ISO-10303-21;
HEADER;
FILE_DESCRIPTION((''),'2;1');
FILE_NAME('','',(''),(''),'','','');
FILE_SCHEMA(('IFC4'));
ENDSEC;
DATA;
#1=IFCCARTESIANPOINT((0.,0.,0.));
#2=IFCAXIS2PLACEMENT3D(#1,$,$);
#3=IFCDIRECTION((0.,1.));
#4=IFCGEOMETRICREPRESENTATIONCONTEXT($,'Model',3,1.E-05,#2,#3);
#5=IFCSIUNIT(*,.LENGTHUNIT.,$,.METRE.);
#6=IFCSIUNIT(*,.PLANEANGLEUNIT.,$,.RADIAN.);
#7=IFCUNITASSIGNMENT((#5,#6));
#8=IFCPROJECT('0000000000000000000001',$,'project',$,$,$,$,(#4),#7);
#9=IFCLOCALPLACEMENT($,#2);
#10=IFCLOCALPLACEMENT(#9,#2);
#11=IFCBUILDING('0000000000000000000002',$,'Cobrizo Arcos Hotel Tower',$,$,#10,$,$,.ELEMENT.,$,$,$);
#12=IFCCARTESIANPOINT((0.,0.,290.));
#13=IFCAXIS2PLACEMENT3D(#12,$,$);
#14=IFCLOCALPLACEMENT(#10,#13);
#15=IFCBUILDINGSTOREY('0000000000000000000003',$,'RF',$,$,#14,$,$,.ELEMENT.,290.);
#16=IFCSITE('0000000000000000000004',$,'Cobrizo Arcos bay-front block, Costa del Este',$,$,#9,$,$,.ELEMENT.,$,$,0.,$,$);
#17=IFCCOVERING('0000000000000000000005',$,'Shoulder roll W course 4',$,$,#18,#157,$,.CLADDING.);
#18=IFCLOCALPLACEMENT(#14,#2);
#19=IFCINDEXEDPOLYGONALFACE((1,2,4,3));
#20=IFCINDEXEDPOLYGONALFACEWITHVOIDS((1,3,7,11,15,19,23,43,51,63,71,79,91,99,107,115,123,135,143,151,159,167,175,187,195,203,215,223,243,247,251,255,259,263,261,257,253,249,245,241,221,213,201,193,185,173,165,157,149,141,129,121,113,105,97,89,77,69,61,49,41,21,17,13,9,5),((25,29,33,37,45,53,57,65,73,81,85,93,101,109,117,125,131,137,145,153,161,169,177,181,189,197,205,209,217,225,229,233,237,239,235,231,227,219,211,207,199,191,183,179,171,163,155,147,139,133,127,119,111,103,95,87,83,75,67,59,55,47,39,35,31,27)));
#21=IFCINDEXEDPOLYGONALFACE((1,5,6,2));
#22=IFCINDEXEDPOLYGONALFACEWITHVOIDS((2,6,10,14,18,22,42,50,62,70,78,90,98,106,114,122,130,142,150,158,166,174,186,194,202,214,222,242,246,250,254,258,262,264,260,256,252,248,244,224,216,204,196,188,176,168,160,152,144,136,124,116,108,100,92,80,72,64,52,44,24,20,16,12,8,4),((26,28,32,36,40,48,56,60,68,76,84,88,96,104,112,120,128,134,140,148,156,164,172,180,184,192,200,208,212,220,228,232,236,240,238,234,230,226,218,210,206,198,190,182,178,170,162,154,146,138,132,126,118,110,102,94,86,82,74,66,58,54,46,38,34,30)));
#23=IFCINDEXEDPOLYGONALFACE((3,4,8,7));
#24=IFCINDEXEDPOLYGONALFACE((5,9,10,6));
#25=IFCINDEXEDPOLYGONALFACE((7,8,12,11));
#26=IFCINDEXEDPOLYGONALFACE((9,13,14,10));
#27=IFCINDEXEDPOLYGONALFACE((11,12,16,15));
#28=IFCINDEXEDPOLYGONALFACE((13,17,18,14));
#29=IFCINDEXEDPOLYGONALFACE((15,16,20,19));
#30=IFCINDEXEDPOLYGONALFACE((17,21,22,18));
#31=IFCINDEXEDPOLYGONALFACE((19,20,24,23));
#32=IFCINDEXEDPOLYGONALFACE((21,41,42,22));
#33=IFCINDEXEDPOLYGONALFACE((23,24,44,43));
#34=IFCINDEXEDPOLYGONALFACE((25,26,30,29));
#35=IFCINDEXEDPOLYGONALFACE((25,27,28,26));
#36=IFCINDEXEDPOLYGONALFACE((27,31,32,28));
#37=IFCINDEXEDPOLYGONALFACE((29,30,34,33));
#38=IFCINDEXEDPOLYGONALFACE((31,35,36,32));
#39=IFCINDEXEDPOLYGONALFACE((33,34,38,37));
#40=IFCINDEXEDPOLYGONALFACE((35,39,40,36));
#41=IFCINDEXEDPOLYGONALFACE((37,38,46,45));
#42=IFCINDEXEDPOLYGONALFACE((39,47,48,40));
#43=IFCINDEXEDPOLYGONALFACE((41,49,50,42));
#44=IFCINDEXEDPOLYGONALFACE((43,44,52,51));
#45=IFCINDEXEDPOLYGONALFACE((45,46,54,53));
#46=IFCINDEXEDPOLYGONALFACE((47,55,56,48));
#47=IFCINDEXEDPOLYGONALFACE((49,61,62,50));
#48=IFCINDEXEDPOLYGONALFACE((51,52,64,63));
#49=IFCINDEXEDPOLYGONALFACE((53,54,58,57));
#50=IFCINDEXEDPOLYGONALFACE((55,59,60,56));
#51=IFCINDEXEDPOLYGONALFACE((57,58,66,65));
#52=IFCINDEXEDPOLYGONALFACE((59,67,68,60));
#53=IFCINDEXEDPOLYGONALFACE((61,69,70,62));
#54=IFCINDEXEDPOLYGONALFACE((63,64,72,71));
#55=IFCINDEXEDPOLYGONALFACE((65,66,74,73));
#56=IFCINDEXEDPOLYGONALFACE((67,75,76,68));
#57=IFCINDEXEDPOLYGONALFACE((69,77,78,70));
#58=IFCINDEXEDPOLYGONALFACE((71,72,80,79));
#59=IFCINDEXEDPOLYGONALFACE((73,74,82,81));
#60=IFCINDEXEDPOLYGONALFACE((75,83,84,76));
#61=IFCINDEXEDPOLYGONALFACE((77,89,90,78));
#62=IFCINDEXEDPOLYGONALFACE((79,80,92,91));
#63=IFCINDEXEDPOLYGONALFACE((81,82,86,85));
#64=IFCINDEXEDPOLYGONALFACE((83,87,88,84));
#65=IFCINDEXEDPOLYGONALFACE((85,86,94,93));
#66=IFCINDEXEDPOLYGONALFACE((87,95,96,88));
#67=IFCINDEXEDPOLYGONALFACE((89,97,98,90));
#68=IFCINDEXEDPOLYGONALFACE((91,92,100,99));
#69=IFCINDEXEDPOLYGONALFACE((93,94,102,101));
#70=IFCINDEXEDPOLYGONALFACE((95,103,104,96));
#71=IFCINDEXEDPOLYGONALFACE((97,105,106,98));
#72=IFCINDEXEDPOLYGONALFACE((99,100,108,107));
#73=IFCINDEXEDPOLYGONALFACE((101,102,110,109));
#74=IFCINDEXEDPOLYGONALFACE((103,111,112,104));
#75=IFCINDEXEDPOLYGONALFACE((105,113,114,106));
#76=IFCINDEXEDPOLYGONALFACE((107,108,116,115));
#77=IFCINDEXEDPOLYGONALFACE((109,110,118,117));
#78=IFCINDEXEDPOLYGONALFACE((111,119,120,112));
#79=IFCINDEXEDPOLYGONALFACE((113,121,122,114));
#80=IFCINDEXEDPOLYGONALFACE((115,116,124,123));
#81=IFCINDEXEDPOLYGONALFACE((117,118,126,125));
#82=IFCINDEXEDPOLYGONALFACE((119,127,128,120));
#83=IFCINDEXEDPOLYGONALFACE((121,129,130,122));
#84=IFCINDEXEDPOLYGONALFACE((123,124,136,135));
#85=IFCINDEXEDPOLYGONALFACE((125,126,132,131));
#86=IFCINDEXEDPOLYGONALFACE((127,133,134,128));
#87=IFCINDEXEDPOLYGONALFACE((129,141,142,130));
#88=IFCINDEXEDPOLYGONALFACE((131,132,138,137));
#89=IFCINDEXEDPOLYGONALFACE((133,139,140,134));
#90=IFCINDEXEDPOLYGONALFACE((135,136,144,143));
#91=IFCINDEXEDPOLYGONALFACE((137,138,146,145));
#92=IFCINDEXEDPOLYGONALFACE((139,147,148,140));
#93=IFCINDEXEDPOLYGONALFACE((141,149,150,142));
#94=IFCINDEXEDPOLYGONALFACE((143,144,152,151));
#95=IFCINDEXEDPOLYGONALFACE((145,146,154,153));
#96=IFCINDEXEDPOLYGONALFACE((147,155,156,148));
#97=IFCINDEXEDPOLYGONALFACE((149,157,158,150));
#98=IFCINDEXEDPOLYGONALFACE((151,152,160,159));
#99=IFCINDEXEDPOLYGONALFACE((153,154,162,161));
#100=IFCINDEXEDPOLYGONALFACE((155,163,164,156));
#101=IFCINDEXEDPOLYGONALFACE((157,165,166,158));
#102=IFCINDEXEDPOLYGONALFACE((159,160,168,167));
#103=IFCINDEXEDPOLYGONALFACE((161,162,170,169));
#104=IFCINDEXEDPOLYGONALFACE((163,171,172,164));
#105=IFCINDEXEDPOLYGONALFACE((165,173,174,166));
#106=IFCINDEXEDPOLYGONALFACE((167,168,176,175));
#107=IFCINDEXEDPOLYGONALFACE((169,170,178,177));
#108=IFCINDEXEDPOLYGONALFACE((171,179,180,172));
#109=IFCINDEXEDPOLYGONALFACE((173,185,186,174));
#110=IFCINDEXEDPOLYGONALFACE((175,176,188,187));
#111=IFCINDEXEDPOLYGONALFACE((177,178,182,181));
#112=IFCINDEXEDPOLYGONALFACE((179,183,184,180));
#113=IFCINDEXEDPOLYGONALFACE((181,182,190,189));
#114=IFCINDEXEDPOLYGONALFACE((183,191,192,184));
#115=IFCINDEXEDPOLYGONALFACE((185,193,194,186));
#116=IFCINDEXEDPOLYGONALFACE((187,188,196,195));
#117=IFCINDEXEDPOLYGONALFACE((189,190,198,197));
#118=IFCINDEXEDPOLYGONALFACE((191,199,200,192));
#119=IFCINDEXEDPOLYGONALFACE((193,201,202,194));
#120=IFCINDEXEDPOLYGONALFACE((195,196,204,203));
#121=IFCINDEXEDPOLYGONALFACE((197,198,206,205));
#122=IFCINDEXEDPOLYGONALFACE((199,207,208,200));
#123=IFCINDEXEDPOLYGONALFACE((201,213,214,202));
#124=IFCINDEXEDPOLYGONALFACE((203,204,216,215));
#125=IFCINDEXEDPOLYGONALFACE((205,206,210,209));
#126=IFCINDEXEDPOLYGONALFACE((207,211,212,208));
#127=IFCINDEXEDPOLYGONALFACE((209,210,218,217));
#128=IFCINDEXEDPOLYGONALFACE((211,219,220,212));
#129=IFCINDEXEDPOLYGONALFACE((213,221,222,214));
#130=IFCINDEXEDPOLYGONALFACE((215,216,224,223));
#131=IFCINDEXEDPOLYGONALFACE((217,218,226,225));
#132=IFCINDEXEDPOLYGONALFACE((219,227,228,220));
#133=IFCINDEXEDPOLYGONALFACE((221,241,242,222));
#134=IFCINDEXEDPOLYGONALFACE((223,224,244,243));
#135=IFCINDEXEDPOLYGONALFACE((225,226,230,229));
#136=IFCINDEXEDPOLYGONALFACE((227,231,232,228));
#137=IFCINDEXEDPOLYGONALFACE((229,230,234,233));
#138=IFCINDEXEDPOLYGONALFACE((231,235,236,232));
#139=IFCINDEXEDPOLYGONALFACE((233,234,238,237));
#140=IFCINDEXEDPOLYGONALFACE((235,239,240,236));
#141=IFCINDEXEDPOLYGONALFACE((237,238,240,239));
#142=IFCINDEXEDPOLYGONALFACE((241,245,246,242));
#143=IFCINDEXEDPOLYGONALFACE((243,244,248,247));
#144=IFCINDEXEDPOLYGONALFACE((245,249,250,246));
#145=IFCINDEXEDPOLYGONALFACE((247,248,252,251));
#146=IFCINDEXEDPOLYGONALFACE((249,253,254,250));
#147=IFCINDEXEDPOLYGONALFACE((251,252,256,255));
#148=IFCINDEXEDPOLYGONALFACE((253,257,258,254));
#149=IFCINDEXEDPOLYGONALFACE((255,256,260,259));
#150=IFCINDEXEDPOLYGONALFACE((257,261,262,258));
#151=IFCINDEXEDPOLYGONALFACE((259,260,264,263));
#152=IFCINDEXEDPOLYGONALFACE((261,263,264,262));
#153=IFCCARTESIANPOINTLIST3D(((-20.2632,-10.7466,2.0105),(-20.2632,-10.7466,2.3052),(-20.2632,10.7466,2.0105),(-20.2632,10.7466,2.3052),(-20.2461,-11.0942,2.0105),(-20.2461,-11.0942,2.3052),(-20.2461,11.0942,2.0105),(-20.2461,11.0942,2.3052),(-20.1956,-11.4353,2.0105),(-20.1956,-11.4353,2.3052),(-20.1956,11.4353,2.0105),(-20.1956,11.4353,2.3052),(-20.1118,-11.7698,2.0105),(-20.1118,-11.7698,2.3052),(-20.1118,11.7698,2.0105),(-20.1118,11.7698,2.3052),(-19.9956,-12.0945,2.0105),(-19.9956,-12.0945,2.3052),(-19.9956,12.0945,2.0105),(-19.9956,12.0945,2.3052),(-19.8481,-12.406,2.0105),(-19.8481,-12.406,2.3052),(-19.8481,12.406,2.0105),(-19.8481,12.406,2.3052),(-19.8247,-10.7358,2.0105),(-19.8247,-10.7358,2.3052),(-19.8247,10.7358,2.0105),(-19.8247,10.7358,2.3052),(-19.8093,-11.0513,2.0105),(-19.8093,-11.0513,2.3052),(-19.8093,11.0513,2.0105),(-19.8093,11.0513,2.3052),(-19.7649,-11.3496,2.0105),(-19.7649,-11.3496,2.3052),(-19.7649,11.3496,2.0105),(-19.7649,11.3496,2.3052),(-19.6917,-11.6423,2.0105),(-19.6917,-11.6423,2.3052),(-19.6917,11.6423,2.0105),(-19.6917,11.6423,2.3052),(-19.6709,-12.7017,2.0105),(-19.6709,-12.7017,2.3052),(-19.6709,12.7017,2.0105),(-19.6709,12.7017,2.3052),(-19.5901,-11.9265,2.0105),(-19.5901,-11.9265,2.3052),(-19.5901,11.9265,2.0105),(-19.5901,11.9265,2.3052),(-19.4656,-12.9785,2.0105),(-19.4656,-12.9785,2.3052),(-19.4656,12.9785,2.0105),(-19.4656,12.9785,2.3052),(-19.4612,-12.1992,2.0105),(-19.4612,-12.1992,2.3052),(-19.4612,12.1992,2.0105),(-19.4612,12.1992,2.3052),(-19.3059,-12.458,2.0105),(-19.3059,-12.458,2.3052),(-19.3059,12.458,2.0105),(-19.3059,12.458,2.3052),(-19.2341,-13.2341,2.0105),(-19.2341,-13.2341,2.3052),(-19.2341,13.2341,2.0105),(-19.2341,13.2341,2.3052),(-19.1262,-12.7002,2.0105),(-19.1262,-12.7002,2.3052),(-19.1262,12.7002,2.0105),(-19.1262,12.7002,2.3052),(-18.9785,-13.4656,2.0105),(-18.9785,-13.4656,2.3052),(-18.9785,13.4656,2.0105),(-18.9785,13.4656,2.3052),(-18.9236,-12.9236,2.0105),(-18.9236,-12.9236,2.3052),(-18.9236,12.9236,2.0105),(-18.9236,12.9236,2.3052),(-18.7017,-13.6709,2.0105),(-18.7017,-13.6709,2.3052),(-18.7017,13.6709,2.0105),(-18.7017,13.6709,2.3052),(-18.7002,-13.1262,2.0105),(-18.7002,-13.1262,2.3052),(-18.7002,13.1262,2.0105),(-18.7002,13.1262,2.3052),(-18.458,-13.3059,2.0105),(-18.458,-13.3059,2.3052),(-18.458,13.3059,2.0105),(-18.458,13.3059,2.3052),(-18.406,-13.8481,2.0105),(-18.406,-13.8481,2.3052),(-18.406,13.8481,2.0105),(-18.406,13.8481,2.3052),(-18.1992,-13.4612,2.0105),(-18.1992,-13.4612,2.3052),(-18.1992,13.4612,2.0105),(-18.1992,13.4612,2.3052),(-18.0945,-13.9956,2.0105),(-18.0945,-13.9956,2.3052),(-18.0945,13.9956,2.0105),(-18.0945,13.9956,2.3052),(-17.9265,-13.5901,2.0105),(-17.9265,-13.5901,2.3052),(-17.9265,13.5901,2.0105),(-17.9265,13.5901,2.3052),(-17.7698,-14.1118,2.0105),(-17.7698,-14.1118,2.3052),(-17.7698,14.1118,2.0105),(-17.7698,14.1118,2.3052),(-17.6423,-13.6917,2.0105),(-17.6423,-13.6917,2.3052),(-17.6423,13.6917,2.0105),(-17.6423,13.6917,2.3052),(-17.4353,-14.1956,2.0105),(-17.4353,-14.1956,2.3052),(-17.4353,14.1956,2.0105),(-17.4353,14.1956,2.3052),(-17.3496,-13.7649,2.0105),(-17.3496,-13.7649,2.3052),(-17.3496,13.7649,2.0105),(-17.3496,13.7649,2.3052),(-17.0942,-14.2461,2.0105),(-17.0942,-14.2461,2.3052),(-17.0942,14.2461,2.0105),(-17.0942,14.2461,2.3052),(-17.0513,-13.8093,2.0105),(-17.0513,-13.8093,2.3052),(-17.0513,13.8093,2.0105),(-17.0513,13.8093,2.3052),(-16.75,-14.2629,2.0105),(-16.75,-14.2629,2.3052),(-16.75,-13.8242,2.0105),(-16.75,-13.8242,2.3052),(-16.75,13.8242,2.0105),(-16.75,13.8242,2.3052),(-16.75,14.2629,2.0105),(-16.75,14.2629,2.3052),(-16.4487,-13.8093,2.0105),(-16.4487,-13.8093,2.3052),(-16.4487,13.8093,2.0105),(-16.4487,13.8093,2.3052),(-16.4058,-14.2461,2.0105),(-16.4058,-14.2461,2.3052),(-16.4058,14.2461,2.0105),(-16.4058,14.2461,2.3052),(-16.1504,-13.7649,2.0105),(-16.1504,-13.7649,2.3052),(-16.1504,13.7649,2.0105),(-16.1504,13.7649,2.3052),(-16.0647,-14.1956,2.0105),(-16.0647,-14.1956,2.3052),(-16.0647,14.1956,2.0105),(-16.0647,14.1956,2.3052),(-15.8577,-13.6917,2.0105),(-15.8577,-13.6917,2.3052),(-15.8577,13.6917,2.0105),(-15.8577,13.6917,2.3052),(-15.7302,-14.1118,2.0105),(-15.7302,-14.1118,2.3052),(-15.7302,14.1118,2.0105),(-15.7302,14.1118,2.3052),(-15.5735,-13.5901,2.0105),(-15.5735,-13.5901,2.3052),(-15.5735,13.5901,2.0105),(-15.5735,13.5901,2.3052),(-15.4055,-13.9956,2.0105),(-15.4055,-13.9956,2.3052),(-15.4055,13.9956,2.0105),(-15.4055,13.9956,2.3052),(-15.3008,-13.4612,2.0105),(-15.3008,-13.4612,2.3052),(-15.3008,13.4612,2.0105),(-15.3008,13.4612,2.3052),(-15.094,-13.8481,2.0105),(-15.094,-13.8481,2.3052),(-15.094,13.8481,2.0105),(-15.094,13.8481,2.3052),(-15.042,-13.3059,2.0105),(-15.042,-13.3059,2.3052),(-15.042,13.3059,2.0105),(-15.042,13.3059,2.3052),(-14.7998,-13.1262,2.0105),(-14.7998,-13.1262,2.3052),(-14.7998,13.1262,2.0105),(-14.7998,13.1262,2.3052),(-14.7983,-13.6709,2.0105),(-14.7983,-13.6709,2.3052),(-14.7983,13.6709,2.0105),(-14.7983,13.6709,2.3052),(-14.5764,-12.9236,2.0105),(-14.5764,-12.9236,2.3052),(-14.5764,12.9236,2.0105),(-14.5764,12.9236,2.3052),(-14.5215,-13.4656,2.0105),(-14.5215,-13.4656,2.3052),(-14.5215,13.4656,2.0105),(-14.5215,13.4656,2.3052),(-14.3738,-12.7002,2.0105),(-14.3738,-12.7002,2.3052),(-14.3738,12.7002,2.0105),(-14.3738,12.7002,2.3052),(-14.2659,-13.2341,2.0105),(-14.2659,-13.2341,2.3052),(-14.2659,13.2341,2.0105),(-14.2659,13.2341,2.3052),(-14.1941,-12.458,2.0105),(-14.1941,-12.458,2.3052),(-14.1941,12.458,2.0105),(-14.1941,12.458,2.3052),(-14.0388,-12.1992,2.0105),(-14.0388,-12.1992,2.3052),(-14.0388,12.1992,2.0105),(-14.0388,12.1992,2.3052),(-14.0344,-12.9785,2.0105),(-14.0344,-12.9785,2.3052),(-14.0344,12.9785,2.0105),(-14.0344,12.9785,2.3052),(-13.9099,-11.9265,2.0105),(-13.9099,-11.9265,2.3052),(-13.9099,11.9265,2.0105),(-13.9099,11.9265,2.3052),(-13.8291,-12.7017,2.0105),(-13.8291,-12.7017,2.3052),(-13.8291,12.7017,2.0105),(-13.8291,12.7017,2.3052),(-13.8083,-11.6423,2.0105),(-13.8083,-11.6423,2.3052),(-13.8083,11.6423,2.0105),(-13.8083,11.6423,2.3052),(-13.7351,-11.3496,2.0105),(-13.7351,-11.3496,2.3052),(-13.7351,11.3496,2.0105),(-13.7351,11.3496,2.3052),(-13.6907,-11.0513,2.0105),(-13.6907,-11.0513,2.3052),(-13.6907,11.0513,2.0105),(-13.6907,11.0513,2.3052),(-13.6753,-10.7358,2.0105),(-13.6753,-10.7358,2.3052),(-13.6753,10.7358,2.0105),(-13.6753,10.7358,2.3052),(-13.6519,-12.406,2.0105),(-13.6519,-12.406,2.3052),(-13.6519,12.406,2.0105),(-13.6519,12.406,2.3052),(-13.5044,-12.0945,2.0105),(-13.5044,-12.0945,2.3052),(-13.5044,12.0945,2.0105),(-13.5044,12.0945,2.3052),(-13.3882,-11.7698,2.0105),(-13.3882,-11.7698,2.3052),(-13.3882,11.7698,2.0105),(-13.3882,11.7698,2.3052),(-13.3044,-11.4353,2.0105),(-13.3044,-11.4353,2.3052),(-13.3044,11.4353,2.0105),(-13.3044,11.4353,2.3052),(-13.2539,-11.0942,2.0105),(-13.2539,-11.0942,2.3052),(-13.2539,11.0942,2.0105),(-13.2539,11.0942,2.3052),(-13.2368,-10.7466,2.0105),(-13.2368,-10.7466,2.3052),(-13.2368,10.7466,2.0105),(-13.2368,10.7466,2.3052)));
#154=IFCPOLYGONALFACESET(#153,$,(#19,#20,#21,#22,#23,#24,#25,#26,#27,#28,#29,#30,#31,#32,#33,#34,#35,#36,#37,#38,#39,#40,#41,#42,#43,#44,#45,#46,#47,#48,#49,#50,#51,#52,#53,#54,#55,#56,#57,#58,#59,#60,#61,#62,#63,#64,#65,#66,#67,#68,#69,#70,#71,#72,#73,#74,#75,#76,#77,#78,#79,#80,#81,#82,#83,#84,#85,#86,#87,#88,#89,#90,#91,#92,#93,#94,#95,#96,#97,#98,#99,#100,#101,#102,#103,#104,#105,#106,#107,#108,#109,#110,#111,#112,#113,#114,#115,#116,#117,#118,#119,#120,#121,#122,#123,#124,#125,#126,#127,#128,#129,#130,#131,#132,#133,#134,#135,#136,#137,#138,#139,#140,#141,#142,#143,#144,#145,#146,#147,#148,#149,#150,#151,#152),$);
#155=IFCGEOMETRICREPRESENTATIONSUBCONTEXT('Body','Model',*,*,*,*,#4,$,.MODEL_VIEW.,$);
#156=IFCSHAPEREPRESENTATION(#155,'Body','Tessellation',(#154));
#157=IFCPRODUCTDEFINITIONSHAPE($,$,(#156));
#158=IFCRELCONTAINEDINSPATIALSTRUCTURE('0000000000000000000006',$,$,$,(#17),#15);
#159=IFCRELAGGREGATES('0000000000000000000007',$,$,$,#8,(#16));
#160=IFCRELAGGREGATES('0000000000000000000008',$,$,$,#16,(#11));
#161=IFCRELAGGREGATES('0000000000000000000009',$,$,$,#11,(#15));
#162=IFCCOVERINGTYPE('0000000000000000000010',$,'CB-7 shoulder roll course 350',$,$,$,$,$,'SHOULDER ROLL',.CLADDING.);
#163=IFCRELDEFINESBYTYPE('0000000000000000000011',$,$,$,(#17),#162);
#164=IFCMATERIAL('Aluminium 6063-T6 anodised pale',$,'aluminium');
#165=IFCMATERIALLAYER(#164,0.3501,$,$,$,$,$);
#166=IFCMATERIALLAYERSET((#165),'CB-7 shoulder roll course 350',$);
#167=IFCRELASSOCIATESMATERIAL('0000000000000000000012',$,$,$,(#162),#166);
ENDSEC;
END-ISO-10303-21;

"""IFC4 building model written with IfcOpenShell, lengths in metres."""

from ifc_helpers import new_model, si_unit, direction, frame, origin, place, context, subcontext, project, spatial, polyline, outline, extrude, material, layer, layer_set, type_object, element, save


model = new_model("IFC4")

# Units and contexts
model_context = context("Model", 3, precision=1e-05, world=origin(), true_north=direction((0.0, 1.0)))
body_context = subcontext(model_context, "Body", "Model", "MODEL_VIEW")
ifc_project = project(units=[si_unit("LENGTHUNIT", "METRE"), si_unit("PLANEANGLEUNIT", "RADIAN")], contexts=[model_context])

# Site, building, storey
site_placement = place(None, origin())
site = spatial("IfcSite", under=ifc_project, at=site_placement, Name="Cobrizo Arcos bay-front block, Costa del Este", CompositionType="ELEMENT", RefElevation=0.0)
building_placement = place(site_placement, origin())
building = spatial("IfcBuilding", under=site, at=building_placement, Name="Cobrizo Arcos Hotel Tower", CompositionType="ELEMENT")
storey_placement = place(building_placement, frame((0.0, 0.0, 290.0)))
storey = spatial("IfcBuildingStorey", under=building, at=storey_placement, Name="RF", CompositionType="ELEMENT", Elevation=290.0)

# Covering
ifc_material_1 = material(Name="Aluminium 6063-T6 anodised pale", Category="aluminium")
ifc_layer_1 = layer(ifc_material_1, 0.3501)
ifc_layer_set_1 = layer_set([ifc_layer_1], Name="CB-7 shoulder roll course 350")
covering_type_1 = type_object("IfcCoveringType", Name="CB-7 shoulder roll course 350", ElementType="SHOULDER ROLL", PredefinedType="CLADDING", material=ifc_layer_set_1)
covering_1_placement = place(storey_placement, frame((0.0, 0.0, 2.0105)))
element("IfcCovering", 1, at=covering_1_placement, inside=storey, type_object=covering_type_1, Name="Shoulder roll W course 4", PredefinedType="CLADDING", context=body_context, shape_type="SweptSolid", body=[
    extrude(outline(polyline([(-20.2632, 10.7466), (-20.2461, 11.0942), (-20.1956, 11.4353), (-20.1118, 11.7698), (-19.9956, 12.0945), (-19.8481, 12.406), (-19.6709, 12.7017), (-19.4656, 12.9785), (-19.2341, 13.2341), (-18.9785, 13.4656), (-18.7017, 13.6709), (-18.406, 13.8481), (-18.0945, 13.9956), (-17.7698, 14.1118), (-17.4353, 14.1956), (-17.0942, 14.2461), (-16.75, 14.2629), (-16.4058, 14.2461), (-16.0647, 14.1956), (-15.7302, 14.1118), (-15.4055, 13.9956), (-15.094, 13.8481), (-14.7983, 13.6709), (-14.5215, 13.4656), (-14.2659, 13.2341), (-14.0344, 12.9785), (-13.8291, 12.7017), (-13.6519, 12.406), (-13.5044, 12.0945), (-13.3882, 11.7698), (-13.3044, 11.4353), (-13.2539, 11.0942), (-13.2368, 10.7466), (-13.2368, -10.7466), (-13.2539, -11.0942), (-13.3044, -11.4353), (-13.3882, -11.7698), (-13.5044, -12.0945), (-13.6519, -12.406), (-13.8291, -12.7017), (-14.0344, -12.9785), (-14.2659, -13.2341), (-14.5215, -13.4656), (-14.7983, -13.6709), (-15.094, -13.8481), (-15.4055, -13.9956), (-15.7302, -14.1118), (-16.0647, -14.1956), (-16.4058, -14.2461), (-16.75, -14.2629), (-17.0942, -14.2461), (-17.4353, -14.1956), (-17.7698, -14.1118), (-18.0945, -13.9956), (-18.406, -13.8481), (-18.7017, -13.6709), (-18.9785, -13.4656), (-19.2341, -13.2341), (-19.4656, -12.9785), (-19.6709, -12.7017), (-19.8481, -12.406), (-19.9956, -12.0945), (-20.1118, -11.7698), (-20.1956, -11.4353), (-20.2461, -11.0942), (-20.2632, -10.7466), (-20.2632, 10.7466)]), holes=[polyline([(-19.8247, 10.7358), (-19.8093, 11.0513), (-19.7649, 11.3496), (-19.6917, 11.6423), (-19.5901, 11.9265), (-19.4612, 12.1992), (-19.3059, 12.458), (-19.1262, 12.7002), (-18.9236, 12.9236), (-18.7002, 13.1262), (-18.458, 13.3059), (-18.1992, 13.4612), (-17.9265, 13.5901), (-17.6423, 13.6917), (-17.3496, 13.7649), (-17.0513, 13.8093), (-16.75, 13.8242), (-16.4487, 13.8093), (-16.1504, 13.7649), (-15.8577, 13.6917), (-15.5735, 13.5901), (-15.3008, 13.4612), (-15.042, 13.3059), (-14.7998, 13.1262), (-14.5764, 12.9236), (-14.3738, 12.7002), (-14.1941, 12.458), (-14.0388, 12.1992), (-13.9099, 11.9265), (-13.8083, 11.6423), (-13.7351, 11.3496), (-13.6907, 11.0513), (-13.6753, 10.7358), (-13.6753, -10.7358), (-13.6907, -11.0513), (-13.7351, -11.3496), (-13.8083, -11.6423), (-13.9099, -11.9265), (-14.0388, -12.1992), (-14.1941, -12.458), (-14.3738, -12.7002), (-14.5764, -12.9236), (-14.7998, -13.1262), (-15.042, -13.3059), (-15.3008, -13.4612), (-15.5735, -13.5901), (-15.8577, -13.6917), (-16.1504, -13.7649), (-16.4487, -13.8093), (-16.75, -13.8242), (-17.0513, -13.8093), (-17.3496, -13.7649), (-17.6423, -13.6917), (-17.9265, -13.5901), (-18.1992, -13.4612), (-18.458, -13.3059), (-18.7002, -13.1262), (-18.9236, -12.9236), (-19.1262, -12.7002), (-19.3059, -12.458), (-19.4612, -12.1992), (-19.5901, -11.9265), (-19.6917, -11.6423), (-19.7649, -11.3496), (-19.8093, -11.0513), (-19.8247, -10.7358), (-19.8247, 10.7358)])]), origin(), (0.0, 0.0, 1.0), 0.2947),
])

save(model, "model.ifc")
